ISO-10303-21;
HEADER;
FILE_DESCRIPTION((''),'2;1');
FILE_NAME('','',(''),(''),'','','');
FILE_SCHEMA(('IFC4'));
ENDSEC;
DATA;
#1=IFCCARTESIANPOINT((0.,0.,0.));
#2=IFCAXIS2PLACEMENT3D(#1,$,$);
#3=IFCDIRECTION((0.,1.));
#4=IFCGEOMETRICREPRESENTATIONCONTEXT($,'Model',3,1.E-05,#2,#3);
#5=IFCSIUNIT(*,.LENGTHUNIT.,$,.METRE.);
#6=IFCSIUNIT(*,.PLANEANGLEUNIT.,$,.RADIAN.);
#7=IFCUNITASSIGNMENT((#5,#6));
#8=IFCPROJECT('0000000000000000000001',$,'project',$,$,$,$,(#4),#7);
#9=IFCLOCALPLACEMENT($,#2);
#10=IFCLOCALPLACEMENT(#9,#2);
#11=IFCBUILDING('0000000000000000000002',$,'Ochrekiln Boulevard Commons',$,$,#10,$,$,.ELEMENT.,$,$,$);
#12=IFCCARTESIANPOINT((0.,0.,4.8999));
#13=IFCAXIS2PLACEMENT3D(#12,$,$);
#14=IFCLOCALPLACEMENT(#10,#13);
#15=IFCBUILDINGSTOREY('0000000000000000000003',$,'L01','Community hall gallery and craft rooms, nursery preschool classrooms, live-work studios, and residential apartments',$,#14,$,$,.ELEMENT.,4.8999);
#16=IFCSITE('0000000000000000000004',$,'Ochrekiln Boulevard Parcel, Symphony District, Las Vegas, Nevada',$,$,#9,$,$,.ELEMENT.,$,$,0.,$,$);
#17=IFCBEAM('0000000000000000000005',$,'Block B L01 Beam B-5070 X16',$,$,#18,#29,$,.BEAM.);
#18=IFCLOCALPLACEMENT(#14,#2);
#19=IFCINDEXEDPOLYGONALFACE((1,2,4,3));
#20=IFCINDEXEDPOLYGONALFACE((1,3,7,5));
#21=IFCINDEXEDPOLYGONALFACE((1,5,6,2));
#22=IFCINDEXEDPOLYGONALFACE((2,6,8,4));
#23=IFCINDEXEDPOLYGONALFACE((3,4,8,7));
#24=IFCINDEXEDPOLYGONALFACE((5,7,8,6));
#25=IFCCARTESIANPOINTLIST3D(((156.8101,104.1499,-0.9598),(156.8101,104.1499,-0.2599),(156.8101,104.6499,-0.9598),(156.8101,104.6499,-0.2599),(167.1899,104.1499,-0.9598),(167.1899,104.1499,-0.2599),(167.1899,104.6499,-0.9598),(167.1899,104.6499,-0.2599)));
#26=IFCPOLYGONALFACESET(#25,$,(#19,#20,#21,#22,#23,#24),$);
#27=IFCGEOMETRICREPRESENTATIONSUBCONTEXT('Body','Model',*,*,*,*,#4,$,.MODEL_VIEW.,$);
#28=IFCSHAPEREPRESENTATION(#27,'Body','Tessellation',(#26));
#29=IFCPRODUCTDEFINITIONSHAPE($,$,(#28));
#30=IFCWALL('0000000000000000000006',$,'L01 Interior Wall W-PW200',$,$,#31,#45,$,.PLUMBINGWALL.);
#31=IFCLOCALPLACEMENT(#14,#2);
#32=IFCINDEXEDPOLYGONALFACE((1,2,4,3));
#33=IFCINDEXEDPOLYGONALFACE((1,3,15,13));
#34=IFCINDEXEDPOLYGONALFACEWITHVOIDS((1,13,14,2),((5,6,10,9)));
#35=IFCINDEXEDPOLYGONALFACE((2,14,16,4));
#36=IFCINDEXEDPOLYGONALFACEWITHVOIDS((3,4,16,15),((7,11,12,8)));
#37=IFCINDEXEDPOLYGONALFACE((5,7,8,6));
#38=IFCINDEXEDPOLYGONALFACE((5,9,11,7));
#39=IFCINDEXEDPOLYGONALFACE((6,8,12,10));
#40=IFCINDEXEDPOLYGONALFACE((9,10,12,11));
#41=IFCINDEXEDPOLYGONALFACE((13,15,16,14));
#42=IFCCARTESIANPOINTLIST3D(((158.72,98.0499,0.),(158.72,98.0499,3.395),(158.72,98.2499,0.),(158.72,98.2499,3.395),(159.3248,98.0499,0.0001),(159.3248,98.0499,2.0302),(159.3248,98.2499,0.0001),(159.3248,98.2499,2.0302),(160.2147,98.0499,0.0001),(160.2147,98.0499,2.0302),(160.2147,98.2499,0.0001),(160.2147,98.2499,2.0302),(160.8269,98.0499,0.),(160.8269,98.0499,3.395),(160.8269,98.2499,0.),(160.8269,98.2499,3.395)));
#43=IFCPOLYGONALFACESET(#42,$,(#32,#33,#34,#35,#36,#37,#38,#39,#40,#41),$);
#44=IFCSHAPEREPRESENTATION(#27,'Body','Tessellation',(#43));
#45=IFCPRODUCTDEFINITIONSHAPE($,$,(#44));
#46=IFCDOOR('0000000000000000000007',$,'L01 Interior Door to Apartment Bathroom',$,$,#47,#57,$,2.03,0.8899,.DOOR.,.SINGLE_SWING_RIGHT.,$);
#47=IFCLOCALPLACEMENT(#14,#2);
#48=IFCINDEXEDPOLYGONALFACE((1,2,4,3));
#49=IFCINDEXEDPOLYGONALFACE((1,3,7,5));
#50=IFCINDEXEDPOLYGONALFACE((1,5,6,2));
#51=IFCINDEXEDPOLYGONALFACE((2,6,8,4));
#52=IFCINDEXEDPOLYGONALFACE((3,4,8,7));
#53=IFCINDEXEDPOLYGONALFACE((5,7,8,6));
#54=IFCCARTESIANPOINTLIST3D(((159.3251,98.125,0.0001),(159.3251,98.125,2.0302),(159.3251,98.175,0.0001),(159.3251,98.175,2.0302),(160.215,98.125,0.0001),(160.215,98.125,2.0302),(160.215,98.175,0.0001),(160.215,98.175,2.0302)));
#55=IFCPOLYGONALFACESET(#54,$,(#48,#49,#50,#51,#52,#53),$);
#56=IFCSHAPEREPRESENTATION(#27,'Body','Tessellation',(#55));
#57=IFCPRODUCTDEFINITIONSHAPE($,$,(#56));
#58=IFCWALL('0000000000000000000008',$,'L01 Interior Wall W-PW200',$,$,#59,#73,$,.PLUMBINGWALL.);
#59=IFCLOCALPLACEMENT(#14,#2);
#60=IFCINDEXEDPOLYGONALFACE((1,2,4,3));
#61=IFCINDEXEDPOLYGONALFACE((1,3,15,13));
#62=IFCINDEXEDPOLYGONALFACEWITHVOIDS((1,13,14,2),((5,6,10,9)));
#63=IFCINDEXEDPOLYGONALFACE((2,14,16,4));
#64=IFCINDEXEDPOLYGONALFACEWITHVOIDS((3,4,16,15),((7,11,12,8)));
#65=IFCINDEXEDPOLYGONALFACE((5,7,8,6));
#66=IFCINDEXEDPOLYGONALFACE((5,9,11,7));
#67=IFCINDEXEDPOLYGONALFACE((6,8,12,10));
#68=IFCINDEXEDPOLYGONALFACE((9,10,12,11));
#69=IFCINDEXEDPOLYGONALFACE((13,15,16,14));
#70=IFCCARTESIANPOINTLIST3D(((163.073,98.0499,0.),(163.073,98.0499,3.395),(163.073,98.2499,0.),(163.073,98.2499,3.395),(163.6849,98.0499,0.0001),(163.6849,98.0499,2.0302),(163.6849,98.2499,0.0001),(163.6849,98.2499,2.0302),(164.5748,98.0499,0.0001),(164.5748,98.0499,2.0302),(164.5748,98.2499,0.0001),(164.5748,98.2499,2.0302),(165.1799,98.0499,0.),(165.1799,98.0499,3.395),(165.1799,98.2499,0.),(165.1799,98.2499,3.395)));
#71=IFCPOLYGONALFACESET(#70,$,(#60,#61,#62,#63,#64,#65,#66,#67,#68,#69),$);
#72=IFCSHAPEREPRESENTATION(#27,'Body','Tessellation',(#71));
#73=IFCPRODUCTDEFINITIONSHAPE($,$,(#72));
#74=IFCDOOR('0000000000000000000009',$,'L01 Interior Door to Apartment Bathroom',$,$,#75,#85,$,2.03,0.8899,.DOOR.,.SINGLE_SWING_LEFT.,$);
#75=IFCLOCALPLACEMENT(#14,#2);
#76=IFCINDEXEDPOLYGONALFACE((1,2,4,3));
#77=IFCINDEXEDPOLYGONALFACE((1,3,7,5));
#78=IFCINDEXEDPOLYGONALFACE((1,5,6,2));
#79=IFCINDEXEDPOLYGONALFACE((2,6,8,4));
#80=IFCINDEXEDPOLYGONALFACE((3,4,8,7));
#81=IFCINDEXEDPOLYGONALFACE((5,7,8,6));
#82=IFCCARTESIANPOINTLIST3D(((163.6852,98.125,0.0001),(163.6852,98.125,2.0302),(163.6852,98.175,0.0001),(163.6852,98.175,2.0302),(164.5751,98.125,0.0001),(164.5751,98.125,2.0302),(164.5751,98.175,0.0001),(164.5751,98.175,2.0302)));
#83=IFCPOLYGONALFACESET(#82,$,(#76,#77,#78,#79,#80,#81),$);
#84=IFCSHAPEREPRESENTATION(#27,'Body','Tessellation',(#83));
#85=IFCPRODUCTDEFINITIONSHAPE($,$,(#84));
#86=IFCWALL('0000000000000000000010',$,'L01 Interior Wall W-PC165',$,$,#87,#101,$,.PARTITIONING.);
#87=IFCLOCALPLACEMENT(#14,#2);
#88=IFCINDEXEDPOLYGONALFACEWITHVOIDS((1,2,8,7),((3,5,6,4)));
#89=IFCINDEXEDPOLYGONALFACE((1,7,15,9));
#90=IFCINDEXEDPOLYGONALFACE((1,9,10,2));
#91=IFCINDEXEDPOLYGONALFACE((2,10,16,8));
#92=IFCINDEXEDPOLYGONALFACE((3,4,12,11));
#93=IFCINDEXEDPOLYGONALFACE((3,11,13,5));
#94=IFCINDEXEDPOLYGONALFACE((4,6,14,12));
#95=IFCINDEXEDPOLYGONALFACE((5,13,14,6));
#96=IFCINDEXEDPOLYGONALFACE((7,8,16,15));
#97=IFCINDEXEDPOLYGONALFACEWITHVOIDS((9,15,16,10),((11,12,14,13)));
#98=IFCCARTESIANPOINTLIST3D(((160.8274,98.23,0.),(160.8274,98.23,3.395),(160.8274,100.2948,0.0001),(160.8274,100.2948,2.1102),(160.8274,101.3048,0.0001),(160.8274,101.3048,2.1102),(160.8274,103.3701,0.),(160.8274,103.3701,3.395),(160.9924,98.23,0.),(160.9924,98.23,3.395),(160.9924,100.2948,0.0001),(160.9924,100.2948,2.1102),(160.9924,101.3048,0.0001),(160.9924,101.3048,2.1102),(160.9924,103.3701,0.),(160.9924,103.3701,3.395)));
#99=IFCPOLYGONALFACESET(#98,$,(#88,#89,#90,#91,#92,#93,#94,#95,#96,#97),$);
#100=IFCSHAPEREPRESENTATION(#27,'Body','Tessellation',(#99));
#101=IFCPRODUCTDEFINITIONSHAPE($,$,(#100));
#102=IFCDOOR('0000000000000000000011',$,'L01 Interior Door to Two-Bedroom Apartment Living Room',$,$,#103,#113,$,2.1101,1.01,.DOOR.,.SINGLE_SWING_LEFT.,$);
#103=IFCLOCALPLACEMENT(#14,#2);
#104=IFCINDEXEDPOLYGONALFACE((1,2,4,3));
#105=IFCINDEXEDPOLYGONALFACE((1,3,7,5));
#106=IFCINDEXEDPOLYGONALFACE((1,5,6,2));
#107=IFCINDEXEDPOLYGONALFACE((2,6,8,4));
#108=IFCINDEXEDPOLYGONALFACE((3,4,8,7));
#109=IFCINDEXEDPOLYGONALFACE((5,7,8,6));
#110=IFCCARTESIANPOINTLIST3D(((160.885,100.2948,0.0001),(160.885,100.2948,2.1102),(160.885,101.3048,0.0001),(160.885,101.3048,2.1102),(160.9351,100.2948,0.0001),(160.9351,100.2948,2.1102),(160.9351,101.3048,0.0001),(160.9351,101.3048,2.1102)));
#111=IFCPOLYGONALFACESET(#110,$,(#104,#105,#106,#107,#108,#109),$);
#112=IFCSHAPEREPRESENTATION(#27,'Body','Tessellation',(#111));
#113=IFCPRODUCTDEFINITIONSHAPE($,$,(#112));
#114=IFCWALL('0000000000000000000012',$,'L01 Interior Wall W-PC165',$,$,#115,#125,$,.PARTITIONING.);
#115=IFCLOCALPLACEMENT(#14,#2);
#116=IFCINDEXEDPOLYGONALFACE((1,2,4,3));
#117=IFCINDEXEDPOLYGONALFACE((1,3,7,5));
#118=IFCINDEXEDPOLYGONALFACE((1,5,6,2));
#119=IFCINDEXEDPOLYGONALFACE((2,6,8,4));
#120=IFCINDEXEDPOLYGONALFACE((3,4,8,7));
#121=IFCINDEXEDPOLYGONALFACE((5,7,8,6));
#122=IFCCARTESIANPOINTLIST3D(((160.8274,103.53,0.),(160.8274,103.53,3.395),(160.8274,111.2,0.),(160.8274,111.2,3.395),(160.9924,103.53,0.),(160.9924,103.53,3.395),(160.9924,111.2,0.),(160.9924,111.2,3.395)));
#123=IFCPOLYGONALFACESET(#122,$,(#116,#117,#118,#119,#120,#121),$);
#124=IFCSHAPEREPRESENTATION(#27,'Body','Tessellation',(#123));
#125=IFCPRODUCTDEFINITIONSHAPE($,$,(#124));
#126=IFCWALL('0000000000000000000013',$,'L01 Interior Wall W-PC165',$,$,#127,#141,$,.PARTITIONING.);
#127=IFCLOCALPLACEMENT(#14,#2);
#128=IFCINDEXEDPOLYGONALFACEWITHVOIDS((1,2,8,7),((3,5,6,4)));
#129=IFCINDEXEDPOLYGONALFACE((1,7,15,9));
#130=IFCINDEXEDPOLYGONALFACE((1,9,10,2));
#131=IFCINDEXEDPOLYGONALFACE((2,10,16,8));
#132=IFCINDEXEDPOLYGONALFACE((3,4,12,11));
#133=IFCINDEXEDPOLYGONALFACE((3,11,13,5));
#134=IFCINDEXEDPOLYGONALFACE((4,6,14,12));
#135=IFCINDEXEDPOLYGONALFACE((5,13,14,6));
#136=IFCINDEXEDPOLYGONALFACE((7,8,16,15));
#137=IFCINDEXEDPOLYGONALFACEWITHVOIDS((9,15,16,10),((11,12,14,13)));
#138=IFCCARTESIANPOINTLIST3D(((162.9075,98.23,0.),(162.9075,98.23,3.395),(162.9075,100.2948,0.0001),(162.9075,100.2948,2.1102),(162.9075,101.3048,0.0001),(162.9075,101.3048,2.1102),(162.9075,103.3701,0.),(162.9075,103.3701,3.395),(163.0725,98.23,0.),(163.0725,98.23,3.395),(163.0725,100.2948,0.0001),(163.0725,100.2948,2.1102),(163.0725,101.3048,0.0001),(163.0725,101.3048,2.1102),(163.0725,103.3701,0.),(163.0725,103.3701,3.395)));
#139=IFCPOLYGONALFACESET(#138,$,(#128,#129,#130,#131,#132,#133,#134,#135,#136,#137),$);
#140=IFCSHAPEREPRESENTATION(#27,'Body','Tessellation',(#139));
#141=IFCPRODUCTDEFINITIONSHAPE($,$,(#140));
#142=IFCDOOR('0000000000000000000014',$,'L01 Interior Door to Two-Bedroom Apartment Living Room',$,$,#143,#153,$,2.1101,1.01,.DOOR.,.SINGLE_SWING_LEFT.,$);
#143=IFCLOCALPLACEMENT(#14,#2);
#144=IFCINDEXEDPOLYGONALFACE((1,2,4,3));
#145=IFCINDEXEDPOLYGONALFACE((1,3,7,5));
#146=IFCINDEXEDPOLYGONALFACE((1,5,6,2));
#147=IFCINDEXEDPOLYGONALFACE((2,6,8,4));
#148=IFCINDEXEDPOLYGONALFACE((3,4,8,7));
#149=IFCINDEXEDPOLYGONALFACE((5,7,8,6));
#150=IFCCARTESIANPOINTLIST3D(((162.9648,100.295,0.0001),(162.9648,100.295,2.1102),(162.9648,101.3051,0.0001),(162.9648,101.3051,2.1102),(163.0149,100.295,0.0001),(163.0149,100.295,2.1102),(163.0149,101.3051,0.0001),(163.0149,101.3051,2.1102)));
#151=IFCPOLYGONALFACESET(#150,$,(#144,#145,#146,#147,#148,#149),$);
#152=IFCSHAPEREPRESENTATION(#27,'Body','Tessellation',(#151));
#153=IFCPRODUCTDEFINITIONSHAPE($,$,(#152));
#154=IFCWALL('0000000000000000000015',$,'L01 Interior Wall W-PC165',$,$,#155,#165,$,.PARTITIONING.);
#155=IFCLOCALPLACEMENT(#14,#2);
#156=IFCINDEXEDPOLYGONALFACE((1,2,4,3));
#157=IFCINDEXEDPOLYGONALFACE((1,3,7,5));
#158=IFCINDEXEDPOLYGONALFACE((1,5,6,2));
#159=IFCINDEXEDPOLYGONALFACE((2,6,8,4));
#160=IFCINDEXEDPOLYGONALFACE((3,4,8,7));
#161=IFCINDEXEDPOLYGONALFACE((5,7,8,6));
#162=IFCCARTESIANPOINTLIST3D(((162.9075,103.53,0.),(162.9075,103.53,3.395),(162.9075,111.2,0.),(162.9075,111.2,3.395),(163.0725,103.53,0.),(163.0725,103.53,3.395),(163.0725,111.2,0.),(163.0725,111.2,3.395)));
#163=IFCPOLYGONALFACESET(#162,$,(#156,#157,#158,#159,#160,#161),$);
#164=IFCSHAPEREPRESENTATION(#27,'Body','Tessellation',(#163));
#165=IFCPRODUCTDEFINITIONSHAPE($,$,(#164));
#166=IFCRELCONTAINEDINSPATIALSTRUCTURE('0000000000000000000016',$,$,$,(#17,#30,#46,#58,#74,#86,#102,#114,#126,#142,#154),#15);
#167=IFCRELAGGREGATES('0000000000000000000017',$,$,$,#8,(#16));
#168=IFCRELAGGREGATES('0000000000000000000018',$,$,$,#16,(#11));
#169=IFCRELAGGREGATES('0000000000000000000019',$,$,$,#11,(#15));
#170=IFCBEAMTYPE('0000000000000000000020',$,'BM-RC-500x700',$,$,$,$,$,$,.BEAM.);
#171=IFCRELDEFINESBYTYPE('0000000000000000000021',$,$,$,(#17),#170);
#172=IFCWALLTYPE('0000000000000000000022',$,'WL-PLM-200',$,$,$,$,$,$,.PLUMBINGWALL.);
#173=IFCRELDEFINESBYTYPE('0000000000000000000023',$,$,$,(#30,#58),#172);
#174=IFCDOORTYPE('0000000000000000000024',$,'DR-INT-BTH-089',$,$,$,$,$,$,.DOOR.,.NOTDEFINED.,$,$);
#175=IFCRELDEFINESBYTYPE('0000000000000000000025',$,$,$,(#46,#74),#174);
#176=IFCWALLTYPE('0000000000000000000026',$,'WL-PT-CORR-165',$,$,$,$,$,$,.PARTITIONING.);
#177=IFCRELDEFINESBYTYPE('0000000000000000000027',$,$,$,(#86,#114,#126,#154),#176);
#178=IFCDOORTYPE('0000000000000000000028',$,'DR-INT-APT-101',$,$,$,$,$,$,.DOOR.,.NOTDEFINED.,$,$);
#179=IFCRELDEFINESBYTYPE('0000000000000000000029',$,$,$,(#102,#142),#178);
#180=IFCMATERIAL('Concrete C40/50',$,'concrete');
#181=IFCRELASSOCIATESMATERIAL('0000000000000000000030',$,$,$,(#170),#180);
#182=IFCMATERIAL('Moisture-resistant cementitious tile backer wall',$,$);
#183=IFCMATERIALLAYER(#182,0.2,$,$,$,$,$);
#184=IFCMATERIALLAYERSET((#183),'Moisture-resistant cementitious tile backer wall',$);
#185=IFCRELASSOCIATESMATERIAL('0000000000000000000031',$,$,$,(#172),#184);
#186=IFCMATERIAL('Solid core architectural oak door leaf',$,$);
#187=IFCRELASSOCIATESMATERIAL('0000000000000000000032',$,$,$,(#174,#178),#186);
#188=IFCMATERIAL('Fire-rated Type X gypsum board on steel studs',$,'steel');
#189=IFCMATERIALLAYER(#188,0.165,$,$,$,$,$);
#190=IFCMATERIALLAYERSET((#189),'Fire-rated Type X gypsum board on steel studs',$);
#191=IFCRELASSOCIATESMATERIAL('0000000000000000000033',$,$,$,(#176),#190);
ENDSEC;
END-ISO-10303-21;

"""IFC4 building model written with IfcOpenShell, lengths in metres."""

from ifc_helpers import new_model, si_unit, direction, frame, frame_2d, origin, origin_2d, place, context, subcontext, project, spatial, rectangle, extrude, material, layer, layer_set, material_profile, profile_set, type_object, element, fill, save


model = new_model("IFC4")

# Units and contexts
model_context = context("Model", 3, precision=1e-05, world=origin(), true_north=direction((0.0, 1.0)))
body_context = subcontext(model_context, "Body", "Model", "MODEL_VIEW")
ifc_project = project(units=[si_unit("LENGTHUNIT", "METRE"), si_unit("PLANEANGLEUNIT", "RADIAN")], contexts=[model_context])

# Site, building, storey
site_placement = place(None, origin())
site = spatial("IfcSite", under=ifc_project, at=site_placement, Name="Ochrekiln Boulevard Parcel, Symphony District, Las Vegas, Nevada", CompositionType="ELEMENT", RefElevation=0.0)
building_placement = place(site_placement, origin())
building = spatial("IfcBuilding", under=site, at=building_placement, Name="Ochrekiln Boulevard Commons", CompositionType="ELEMENT")
storey_placement = place(building_placement, frame((0.0, 0.0, 4.8999)))
storey = spatial("IfcBuildingStorey", under=building, at=storey_placement, Name="L01", Description="Community hall gallery and craft rooms, nursery preschool classrooms, live-work studios, and residential apartments", CompositionType="ELEMENT", Elevation=4.8999)

# Beam
ifc_material_1 = material(Name="Concrete C40/50", Category="concrete")
ifc_material_profile = material_profile(ifc_material_1, rectangle(XDim=0.5, YDim=0.7, at=origin_2d()), Name="RC-BM-500x700")
ifc_profile_set = profile_set([ifc_material_profile], Name="Concrete C40/50")
beam_type = type_object("IfcBeamType", Name="BM-RC-500x700", PredefinedType="BEAM", material=ifc_profile_set)
beam_placement = place(storey_placement, frame((156.8101, 104.3999, -0.6099), z_axis=(1.0, 0.0, 0.0), x_axis=(0.0, 1.0, 0.0)))
element("IfcBeam", 1, at=beam_placement, inside=storey, type_object=beam_type, Name="Block B L01 Beam B-5070 X16", PredefinedType="BEAM", context=body_context, shape_type="SweptSolid", body=[
    extrude(rectangle(XDim=0.5, YDim=0.7, at=origin_2d()), origin(), (0.0, 0.0, 1.0), 10.3799),
])

# Walls, openings, doors
ifc_material_2 = material(Name="Moisture-resistant cementitious tile backer wall")
ifc_layer_1 = layer(ifc_material_2, 0.2)
ifc_layer_set_1 = layer_set([ifc_layer_1], Name="Moisture-resistant cementitious tile backer wall")
wall_type_1 = type_object("IfcWallType", Name="WL-PLM-200", PredefinedType="PLUMBINGWALL", material=ifc_layer_set_1)
wall_1_placement = place(storey_placement, frame((158.72, 98.1499, 0.0), z_axis=(0.0, 0.0, 1.0), x_axis=(1.0, 0.0, 0.0)))
wall_1 = element("IfcWall", 2, at=wall_1_placement, inside=storey, type_object=wall_type_1, Name="L01 Interior Wall W-PW200", PredefinedType="PLUMBINGWALL", context=body_context, shape_type="SweptSolid", body=[
    extrude(rectangle(XDim=2.1069, YDim=0.2, at=frame_2d((1.0535, 0.0))), origin(), (0.0, 0.0, 1.0), 3.395),
])
opening_1_placement = place(wall_1_placement, frame((0.605, 0.0, 0.0)))
opening_1 = element("IfcOpeningElement", 3, at=opening_1_placement, cuts=wall_1, PredefinedType="OPENING", context=body_context, shape_type="SweptSolid", body=[
    extrude(rectangle(XDim=0.8899, YDim=2.03, at=frame_2d((0.4448, 1.0151))), frame((0.0, 0.1099, 0.0), z_axis=(0.0, -1.0, 0.0), x_axis=(1.0, 0.0, 0.0)), (0.0, 0.0, 1.0), 0.22),
])
ifc_material_3 = material(Name="Solid core architectural oak door leaf")
door_type_1 = type_object("IfcDoorType", Name="DR-INT-BTH-089", OperationType="NOTDEFINED", PredefinedType="DOOR", material=ifc_material_3)
door_1_placement = place(opening_1_placement, frame((0.8899, 0.0, 0.0), z_axis=(0.0, 0.0, 1.0), x_axis=(-1.0, 0.0, 0.0)))
door_1 = element("IfcDoor", 4, at=door_1_placement, inside=storey, type_object=door_type_1, Name="L01 Interior Door to Apartment Bathroom", OperationType="SINGLE_SWING_RIGHT", OverallHeight=2.03, OverallWidth=0.8899, PredefinedType="DOOR", context=body_context, shape_type="SweptSolid", body=[
    extrude(rectangle(XDim=0.8899, YDim=2.03, at=frame_2d((0.4448, 1.0151))), frame((0.0, 0.0249, 0.0), z_axis=(0.0, -1.0, 0.0), x_axis=(1.0, 0.0, 0.0)), (0.0, 0.0, 1.0), 0.05),
])
fill(opening_1, door_1)
wall_2_placement = place(storey_placement, frame((163.073, 98.1499, 0.0), z_axis=(0.0, 0.0, 1.0), x_axis=(1.0, 0.0, 0.0)))
wall_2 = element("IfcWall", 5, at=wall_2_placement, inside=storey, type_object=wall_type_1, Name="L01 Interior Wall W-PW200", PredefinedType="PLUMBINGWALL", context=body_context, shape_type="SweptSolid", body=[
    extrude(rectangle(XDim=2.1069, YDim=0.2, at=frame_2d((1.0535, 0.0))), origin(), (0.0, 0.0, 1.0), 3.395),
])
opening_2_placement = place(wall_2_placement, frame((0.6121, 0.0, 0.0)))
opening_2 = element("IfcOpeningElement", 6, at=opening_2_placement, cuts=wall_2, PredefinedType="OPENING", context=body_context, shape_type="SweptSolid", body=[
    extrude(rectangle(XDim=0.8899, YDim=2.03, at=frame_2d((0.4448, 1.0151))), frame((0.0, 0.1099, 0.0), z_axis=(0.0, -1.0, 0.0), x_axis=(1.0, 0.0, 0.0)), (0.0, 0.0, 1.0), 0.22),
])
door_2_placement = place(opening_2_placement, frame((0.8899, 0.0, 0.0), z_axis=(0.0, 0.0, 1.0), x_axis=(-1.0, 0.0, 0.0)))
door_2 = element("IfcDoor", 7, at=door_2_placement, inside=storey, type_object=door_type_1, Name="L01 Interior Door to Apartment Bathroom", OperationType="SINGLE_SWING_LEFT", OverallHeight=2.03, OverallWidth=0.8899, PredefinedType="DOOR", context=body_context, shape_type="SweptSolid", body=[
    extrude(rectangle(XDim=0.8899, YDim=2.03, at=frame_2d((0.4448, 1.0151))), frame((0.0, 0.0249, 0.0), z_axis=(0.0, -1.0, 0.0), x_axis=(1.0, 0.0, 0.0)), (0.0, 0.0, 1.0), 0.05),
])
fill(opening_2, door_2)
ifc_material_4 = material(Name="Fire-rated Type X gypsum board on steel studs", Category="steel")
ifc_layer_2 = layer(ifc_material_4, 0.165)
ifc_layer_set_2 = layer_set([ifc_layer_2], Name="Fire-rated Type X gypsum board on steel studs")
wall_type_2 = type_object("IfcWallType", Name="WL-PT-CORR-165", PredefinedType="PARTITIONING", material=ifc_layer_set_2)
wall_3_placement = place(storey_placement, frame((160.9099, 98.23, 0.0), z_axis=(0.0, 0.0, 1.0), x_axis=(0.0, 1.0, 0.0)))
wall_3 = element("IfcWall", 8, at=wall_3_placement, inside=storey, type_object=wall_type_2, Name="L01 Interior Wall W-PC165", PredefinedType="PARTITIONING", context=body_context, shape_type="SweptSolid", body=[
    extrude(rectangle(XDim=5.1401, YDim=0.165, at=frame_2d((2.5701, 0.0))), origin(), (0.0, 0.0, 1.0), 3.395),
])
opening_3_placement = place(wall_3_placement, frame((2.0649, 0.0, 0.0)))
opening_3 = element("IfcOpeningElement", 9, at=opening_3_placement, cuts=wall_3, PredefinedType="OPENING", context=body_context, shape_type="SweptSolid", body=[
    extrude(rectangle(XDim=1.01, YDim=2.1101, at=frame_2d((0.5049, 1.0552))), frame((0.0, 0.0925, 0.0), z_axis=(0.0, -1.0, 0.0), x_axis=(1.0, 0.0, 0.0)), (0.0, 0.0, 1.0), 0.1851),
])
door_type_2 = type_object("IfcDoorType", Name="DR-INT-APT-101", OperationType="NOTDEFINED", PredefinedType="DOOR", material=ifc_material_3)
door_3_placement = place(opening_3_placement, origin())
door_3 = element("IfcDoor", 10, at=door_3_placement, inside=storey, type_object=door_type_2, Name="L01 Interior Door to Two-Bedroom Apartment Living Room", OperationType="SINGLE_SWING_LEFT", OverallHeight=2.1101, OverallWidth=1.01, PredefinedType="DOOR", context=body_context, shape_type="SweptSolid", body=[
    extrude(rectangle(XDim=1.01, YDim=2.1101, at=frame_2d((0.5049, 1.0552))), frame((0.0, 0.0249, 0.0), z_axis=(0.0, -1.0, 0.0), x_axis=(1.0, 0.0, 0.0)), (0.0, 0.0, 1.0), 0.05),
])
fill(opening_3, door_3)

# Wall
wall_4_placement = place(storey_placement, frame((160.9099, 103.53, 0.0), z_axis=(0.0, 0.0, 1.0), x_axis=(0.0, 1.0, 0.0)))
element("IfcWall", 11, at=wall_4_placement, inside=storey, type_object=wall_type_2, Name="L01 Interior Wall W-PC165", PredefinedType="PARTITIONING", context=body_context, shape_type="SweptSolid", body=[
    extrude(rectangle(XDim=7.6699, YDim=0.165, at=frame_2d((3.835, 0.0))), origin(), (0.0, 0.0, 1.0), 3.395),
])

# Wall, opening, door
wall_5_placement = place(storey_placement, frame((162.99, 98.23, 0.0), z_axis=(0.0, 0.0, 1.0), x_axis=(0.0, 1.0, 0.0)))
wall_5 = element("IfcWall", 12, at=wall_5_placement, inside=storey, type_object=wall_type_2, Name="L01 Interior Wall W-PC165", PredefinedType="PARTITIONING", context=body_context, shape_type="SweptSolid", body=[
    extrude(rectangle(XDim=5.1401, YDim=0.165, at=frame_2d((2.5701, 0.0))), origin(), (0.0, 0.0, 1.0), 3.395),
])
opening_4_placement = place(wall_5_placement, frame((2.0649, 0.0, 0.0)))
opening_4 = element("IfcOpeningElement", 13, at=opening_4_placement, cuts=wall_5, PredefinedType="OPENING", context=body_context, shape_type="SweptSolid", body=[
    extrude(rectangle(XDim=1.01, YDim=2.1101, at=frame_2d((0.5049, 1.0552))), frame((0.0, 0.0925, 0.0), z_axis=(0.0, -1.0, 0.0), x_axis=(1.0, 0.0, 0.0)), (0.0, 0.0, 1.0), 0.1851),
])
door_4_placement = place(opening_4_placement, frame((1.01, 0.0, 0.0), z_axis=(0.0, 0.0, 1.0), x_axis=(-1.0, 0.0, 0.0)))
door_4 = element("IfcDoor", 14, at=door_4_placement, inside=storey, type_object=door_type_2, Name="L01 Interior Door to Two-Bedroom Apartment Living Room", OperationType="SINGLE_SWING_LEFT", OverallHeight=2.1101, OverallWidth=1.01, PredefinedType="DOOR", context=body_context, shape_type="SweptSolid", body=[
    extrude(rectangle(XDim=1.01, YDim=2.1101, at=frame_2d((0.5049, 1.0552))), frame((0.0, 0.0249, 0.0), z_axis=(0.0, -1.0, 0.0), x_axis=(1.0, 0.0, 0.0)), (0.0, 0.0, 1.0), 0.05),
])
fill(opening_4, door_4)

# Wall
wall_6_placement = place(storey_placement, frame((162.99, 103.53, 0.0), z_axis=(0.0, 0.0, 1.0), x_axis=(0.0, 1.0, 0.0)))
element("IfcWall", 15, at=wall_6_placement, inside=storey, type_object=wall_type_2, Name="L01 Interior Wall W-PC165", PredefinedType="PARTITIONING", context=body_context, shape_type="SweptSolid", body=[
    extrude(rectangle(XDim=7.6699, YDim=0.165, at=frame_2d((3.835, 0.0))), origin(), (0.0, 0.0, 1.0), 3.395),
])

save(model, "model.ifc")
